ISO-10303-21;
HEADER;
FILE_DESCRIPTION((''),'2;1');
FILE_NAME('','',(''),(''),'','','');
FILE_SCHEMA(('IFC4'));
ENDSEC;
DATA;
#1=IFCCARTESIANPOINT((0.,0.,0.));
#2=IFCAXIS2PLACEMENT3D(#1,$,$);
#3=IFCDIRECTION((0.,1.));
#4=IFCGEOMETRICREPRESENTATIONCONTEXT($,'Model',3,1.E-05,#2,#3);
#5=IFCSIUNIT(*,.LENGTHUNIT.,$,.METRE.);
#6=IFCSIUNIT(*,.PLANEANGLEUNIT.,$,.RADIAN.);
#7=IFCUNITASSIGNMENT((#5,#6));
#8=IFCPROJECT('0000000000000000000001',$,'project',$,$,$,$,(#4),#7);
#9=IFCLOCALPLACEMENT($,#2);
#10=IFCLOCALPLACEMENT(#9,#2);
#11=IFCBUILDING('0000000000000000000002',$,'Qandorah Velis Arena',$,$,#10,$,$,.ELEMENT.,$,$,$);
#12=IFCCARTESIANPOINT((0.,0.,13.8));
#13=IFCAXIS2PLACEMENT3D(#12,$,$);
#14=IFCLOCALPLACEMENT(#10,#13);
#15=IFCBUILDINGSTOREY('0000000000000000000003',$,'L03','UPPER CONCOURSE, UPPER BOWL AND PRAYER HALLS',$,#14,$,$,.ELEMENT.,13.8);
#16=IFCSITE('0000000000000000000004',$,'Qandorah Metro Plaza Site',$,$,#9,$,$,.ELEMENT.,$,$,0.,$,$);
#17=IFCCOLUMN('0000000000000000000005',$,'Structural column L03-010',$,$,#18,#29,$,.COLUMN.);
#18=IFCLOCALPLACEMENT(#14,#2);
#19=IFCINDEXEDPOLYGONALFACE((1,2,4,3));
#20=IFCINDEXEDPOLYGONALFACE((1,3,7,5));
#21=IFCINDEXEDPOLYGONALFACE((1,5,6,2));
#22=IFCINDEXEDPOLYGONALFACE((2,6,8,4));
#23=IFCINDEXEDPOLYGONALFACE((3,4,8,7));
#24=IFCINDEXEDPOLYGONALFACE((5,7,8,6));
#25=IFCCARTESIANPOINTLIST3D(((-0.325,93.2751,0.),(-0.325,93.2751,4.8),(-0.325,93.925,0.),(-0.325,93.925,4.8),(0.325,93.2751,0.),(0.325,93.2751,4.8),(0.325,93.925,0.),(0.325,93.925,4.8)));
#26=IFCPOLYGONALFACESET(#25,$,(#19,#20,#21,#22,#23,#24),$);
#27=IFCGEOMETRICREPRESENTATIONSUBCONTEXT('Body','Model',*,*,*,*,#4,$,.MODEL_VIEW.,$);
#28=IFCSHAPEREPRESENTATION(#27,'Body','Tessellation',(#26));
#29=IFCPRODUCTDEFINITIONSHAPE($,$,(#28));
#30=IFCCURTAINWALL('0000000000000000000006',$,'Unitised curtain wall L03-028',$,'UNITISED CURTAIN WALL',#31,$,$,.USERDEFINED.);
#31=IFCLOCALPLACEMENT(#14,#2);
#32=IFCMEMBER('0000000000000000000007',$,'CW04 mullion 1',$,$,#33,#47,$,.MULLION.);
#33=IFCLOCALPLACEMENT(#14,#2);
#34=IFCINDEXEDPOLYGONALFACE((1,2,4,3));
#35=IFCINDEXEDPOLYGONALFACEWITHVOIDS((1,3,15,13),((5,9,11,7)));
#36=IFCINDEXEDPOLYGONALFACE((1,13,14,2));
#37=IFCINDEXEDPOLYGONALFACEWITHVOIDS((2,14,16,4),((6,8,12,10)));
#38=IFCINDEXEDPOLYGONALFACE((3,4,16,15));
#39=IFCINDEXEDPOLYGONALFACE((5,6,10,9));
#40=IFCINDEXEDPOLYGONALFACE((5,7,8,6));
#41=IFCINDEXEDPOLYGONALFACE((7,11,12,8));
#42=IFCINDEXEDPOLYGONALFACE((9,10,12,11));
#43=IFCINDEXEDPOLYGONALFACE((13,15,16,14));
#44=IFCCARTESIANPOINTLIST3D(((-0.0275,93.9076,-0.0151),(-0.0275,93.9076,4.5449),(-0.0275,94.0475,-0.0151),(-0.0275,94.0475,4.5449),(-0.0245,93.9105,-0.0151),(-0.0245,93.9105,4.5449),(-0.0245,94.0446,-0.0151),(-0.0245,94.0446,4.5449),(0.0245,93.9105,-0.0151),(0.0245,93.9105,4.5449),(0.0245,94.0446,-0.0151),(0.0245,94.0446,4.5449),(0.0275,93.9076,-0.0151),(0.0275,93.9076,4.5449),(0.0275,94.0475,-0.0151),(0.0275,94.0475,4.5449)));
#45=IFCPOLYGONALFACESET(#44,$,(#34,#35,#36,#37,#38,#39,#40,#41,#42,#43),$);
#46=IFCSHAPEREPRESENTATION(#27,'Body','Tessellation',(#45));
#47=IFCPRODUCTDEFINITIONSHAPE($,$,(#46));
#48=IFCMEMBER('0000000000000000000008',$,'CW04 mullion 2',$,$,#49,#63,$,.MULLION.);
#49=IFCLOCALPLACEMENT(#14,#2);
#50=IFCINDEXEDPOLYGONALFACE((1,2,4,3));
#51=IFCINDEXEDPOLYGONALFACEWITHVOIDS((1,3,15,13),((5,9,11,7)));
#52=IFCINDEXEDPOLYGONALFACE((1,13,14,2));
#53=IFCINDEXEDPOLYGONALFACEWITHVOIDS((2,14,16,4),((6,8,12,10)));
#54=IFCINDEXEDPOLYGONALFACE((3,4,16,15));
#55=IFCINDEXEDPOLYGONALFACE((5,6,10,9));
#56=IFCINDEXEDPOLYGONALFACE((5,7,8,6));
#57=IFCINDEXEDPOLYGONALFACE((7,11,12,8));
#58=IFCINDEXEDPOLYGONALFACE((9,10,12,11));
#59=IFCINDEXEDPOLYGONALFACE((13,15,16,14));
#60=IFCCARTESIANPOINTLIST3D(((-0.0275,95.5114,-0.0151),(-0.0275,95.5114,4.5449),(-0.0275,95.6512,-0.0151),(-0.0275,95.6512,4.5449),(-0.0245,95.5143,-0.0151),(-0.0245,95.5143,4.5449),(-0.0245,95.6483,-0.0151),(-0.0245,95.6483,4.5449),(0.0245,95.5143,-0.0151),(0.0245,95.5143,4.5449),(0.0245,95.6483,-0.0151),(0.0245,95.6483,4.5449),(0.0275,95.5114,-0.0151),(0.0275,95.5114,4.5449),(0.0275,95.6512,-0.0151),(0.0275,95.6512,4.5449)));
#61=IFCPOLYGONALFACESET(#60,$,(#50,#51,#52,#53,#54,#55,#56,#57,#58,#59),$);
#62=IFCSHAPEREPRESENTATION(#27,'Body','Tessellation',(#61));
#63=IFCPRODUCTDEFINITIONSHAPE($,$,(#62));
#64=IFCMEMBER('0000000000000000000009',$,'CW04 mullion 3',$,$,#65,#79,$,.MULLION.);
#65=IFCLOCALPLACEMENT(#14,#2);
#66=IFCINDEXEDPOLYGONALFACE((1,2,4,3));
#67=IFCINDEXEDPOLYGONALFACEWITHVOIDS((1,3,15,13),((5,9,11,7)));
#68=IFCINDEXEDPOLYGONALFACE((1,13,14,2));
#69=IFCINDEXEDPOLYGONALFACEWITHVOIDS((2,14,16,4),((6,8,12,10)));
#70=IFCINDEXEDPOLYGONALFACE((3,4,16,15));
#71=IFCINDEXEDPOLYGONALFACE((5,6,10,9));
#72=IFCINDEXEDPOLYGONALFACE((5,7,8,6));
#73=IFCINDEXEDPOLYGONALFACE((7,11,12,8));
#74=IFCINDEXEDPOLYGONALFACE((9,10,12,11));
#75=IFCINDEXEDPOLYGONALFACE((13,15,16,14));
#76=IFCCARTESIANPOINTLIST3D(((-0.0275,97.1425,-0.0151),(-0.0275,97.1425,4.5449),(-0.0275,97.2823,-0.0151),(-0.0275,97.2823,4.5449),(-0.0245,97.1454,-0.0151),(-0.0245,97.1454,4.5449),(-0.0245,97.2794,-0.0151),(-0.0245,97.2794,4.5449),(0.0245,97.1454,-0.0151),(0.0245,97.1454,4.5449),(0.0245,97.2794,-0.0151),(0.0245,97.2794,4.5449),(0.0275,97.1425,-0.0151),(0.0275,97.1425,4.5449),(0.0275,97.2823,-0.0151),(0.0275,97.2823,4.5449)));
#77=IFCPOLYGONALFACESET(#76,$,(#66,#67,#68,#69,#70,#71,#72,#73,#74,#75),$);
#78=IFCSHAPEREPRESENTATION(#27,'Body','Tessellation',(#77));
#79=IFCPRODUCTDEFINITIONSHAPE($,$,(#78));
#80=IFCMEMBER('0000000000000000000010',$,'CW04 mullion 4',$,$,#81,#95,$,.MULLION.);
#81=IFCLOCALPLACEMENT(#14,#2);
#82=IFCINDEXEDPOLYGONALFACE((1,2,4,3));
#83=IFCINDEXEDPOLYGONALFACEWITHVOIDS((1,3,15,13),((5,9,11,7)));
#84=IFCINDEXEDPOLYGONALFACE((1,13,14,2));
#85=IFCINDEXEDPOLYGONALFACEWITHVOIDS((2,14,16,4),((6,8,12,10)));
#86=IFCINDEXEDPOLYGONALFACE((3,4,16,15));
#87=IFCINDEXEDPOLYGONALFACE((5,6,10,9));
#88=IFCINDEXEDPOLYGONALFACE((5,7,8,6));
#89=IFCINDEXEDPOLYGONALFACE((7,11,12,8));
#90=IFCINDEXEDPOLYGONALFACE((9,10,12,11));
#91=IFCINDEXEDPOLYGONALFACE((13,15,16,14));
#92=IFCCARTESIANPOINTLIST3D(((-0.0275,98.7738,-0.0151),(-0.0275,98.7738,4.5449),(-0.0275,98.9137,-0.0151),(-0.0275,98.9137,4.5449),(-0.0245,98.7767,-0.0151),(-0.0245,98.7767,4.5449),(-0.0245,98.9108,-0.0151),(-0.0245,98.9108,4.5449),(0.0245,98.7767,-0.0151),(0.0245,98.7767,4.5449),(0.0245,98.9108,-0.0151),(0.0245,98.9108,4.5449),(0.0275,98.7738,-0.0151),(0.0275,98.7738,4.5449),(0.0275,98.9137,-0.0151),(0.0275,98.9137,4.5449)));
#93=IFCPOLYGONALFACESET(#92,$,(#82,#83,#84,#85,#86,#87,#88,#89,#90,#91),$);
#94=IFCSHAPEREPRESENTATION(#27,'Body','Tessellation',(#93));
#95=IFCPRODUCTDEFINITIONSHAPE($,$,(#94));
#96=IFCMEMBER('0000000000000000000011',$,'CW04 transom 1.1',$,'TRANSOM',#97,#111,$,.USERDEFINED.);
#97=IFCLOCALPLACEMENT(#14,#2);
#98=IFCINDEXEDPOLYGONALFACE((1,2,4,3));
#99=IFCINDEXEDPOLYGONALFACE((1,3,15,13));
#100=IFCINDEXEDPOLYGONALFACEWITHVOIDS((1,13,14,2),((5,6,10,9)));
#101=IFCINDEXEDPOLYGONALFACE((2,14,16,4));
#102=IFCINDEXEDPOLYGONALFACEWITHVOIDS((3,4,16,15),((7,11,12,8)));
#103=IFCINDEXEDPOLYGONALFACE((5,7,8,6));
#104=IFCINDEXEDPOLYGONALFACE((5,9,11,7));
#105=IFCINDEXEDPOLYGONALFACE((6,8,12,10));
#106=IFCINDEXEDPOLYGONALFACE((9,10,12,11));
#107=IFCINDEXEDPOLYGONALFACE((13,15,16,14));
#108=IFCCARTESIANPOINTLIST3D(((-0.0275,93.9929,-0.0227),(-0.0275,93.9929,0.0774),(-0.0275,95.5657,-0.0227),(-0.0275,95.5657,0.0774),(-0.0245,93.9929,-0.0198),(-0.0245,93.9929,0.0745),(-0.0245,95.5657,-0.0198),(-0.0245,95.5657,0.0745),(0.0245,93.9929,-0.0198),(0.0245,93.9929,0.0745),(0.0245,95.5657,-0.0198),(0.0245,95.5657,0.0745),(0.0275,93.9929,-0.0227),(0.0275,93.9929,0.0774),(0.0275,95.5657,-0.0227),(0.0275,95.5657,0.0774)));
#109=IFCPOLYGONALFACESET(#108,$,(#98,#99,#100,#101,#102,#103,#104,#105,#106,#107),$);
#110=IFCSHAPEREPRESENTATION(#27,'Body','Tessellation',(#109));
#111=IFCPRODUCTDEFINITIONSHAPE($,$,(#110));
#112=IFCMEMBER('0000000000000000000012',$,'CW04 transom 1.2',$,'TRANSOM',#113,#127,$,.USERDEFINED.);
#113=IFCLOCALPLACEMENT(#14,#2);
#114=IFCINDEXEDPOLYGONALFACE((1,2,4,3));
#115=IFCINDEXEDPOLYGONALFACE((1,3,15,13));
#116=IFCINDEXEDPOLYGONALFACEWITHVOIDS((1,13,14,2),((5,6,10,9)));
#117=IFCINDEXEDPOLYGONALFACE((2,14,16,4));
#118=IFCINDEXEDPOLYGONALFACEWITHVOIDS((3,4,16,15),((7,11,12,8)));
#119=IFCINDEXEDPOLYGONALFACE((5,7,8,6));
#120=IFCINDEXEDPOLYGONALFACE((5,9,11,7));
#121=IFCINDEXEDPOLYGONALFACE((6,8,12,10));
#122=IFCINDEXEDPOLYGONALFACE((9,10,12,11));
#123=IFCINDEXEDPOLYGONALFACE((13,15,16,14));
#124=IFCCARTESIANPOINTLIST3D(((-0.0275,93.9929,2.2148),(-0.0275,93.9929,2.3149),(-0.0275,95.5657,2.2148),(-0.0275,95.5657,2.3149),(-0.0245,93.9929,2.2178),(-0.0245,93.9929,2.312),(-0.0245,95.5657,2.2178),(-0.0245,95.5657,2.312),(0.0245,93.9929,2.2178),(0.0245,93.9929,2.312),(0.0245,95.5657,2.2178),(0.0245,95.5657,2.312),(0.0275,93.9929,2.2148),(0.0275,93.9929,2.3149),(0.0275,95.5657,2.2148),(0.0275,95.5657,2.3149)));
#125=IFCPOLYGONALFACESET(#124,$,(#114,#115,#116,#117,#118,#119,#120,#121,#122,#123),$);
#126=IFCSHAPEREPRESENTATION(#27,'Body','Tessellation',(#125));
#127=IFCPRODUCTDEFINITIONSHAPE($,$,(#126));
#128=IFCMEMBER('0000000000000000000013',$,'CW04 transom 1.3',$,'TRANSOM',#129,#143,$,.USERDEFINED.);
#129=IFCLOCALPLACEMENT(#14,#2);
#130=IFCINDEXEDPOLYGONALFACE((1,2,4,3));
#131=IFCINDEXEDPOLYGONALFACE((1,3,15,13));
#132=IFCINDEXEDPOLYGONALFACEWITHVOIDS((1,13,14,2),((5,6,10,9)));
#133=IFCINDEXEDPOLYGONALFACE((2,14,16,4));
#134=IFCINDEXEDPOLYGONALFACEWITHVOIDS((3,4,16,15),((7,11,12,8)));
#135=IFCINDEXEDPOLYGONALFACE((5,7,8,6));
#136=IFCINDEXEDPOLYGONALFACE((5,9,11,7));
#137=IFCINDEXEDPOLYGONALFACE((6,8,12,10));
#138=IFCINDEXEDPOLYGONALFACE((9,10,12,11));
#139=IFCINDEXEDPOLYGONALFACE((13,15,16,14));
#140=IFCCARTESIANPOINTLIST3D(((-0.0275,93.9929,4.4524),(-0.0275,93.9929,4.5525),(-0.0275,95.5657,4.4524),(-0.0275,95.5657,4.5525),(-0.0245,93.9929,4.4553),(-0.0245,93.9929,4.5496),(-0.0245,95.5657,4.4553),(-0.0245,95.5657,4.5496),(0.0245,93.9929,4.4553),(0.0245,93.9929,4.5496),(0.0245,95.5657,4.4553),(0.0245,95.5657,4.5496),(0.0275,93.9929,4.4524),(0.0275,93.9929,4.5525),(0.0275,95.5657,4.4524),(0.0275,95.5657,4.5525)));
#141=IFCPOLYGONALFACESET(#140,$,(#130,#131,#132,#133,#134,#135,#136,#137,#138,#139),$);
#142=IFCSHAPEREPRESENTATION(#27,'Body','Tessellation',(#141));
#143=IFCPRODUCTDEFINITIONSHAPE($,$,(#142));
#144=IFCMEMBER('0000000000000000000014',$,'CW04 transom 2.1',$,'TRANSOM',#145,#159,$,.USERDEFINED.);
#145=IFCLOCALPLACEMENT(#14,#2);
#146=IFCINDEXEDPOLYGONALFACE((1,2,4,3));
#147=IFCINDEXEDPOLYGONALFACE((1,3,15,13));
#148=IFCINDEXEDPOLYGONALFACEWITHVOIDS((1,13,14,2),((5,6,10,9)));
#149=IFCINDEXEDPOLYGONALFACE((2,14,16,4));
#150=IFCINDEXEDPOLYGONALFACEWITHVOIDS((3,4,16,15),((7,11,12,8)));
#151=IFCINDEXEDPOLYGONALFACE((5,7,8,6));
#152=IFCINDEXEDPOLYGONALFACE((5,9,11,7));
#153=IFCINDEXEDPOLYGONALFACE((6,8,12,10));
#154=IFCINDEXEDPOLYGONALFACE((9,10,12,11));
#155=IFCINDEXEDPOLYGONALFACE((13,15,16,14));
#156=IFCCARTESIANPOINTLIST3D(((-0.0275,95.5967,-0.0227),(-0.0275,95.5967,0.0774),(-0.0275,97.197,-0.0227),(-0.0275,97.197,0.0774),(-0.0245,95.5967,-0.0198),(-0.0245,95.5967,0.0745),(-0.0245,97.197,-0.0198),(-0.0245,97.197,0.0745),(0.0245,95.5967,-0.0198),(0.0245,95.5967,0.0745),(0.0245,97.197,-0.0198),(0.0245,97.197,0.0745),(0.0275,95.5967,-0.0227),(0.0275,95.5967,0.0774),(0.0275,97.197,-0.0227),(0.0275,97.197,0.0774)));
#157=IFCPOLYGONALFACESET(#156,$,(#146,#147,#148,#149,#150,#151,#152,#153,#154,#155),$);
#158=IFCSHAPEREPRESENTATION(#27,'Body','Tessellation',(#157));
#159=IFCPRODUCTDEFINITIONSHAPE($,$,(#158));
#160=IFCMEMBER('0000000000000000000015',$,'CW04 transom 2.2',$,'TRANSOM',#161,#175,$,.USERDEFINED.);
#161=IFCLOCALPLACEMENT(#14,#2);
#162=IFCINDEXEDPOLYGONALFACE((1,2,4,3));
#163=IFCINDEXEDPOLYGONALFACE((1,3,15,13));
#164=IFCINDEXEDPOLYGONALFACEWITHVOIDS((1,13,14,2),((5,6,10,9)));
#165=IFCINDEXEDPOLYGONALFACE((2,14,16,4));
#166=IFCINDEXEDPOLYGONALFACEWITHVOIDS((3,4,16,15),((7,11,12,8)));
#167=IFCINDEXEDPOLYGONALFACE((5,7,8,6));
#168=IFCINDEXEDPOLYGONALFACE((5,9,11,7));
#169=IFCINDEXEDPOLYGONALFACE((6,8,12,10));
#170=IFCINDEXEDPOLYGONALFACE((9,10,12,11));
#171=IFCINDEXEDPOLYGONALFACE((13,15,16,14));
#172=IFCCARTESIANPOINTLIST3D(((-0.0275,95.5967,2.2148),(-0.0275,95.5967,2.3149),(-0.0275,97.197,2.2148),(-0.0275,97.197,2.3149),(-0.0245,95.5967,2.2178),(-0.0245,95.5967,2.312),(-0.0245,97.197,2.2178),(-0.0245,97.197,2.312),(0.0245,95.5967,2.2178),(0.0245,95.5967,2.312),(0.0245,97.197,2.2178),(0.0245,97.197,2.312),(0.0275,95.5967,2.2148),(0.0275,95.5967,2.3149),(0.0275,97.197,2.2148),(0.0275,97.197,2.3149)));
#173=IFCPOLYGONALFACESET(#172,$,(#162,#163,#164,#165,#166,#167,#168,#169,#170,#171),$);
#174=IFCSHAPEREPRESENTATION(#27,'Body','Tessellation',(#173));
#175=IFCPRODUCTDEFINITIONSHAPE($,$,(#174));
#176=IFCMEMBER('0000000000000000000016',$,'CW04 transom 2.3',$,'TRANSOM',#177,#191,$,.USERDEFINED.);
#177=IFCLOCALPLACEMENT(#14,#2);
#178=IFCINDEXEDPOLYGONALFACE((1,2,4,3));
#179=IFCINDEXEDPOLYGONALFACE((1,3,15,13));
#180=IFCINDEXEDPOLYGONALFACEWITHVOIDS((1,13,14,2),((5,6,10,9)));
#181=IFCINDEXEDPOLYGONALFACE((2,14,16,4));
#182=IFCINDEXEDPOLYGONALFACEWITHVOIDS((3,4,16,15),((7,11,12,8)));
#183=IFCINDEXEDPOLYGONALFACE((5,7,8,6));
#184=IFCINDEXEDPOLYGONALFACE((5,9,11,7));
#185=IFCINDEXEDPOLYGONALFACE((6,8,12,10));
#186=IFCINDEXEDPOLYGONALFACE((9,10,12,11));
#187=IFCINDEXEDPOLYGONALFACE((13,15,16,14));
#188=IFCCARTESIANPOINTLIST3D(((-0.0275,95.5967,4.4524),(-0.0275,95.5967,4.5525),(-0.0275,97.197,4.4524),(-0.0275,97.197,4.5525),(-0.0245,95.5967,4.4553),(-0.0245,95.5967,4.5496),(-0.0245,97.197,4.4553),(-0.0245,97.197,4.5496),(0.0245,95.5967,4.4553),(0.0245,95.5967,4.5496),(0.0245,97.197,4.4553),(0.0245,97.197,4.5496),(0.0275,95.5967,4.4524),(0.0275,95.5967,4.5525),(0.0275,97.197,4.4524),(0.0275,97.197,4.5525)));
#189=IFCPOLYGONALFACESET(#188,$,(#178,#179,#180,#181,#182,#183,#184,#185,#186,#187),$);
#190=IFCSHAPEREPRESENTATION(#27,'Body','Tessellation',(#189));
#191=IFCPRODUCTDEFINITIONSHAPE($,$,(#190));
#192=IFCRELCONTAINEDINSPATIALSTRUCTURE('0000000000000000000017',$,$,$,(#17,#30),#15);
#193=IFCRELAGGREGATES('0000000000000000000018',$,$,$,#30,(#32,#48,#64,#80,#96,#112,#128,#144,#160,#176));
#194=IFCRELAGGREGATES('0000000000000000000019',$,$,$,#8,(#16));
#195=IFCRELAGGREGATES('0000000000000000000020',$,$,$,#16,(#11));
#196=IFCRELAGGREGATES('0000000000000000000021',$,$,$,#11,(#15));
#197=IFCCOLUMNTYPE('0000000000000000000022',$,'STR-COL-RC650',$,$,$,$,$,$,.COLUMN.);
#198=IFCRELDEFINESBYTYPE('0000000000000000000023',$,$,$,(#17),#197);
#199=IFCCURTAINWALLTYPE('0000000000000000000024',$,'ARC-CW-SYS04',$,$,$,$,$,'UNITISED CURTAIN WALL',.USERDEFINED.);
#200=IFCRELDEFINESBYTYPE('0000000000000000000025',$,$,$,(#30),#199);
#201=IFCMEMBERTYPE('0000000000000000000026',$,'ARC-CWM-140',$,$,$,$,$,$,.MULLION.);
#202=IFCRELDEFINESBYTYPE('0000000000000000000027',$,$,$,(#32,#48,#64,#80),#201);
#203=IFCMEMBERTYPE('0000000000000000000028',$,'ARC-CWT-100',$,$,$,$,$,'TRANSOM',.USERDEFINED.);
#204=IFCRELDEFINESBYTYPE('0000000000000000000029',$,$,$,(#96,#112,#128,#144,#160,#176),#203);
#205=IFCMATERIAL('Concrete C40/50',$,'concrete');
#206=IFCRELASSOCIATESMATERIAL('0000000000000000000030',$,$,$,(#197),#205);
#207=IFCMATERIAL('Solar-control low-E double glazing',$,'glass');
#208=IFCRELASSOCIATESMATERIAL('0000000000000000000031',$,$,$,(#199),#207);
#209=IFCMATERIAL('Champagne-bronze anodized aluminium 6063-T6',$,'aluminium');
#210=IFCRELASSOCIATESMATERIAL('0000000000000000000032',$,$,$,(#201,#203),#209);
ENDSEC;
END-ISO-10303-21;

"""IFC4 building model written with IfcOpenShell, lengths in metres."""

from ifc_helpers import new_model, si_unit, direction, frame, origin, origin_2d, place, context, subcontext, project, spatial, rectangle, hollow_rectangle, extrude, material, material_profile, profile_set, type_object, element, aggregate, save


model = new_model("IFC4")

# Units and contexts
model_context = context("Model", 3, precision=1e-05, world=origin(), true_north=direction((0.0, 1.0)))
body_context = subcontext(model_context, "Body", "Model", "MODEL_VIEW")
ifc_project = project(units=[si_unit("LENGTHUNIT", "METRE"), si_unit("PLANEANGLEUNIT", "RADIAN")], contexts=[model_context])

# Site, building, storey
site_placement = place(None, origin())
site = spatial("IfcSite", under=ifc_project, at=site_placement, Name="Qandorah Metro Plaza Site", CompositionType="ELEMENT", RefElevation=0.0)
building_placement = place(site_placement, origin())
building = spatial("IfcBuilding", under=site, at=building_placement, Name="Qandorah Velis Arena", CompositionType="ELEMENT")
storey_placement = place(building_placement, frame((0.0, 0.0, 13.8)))
storey = spatial("IfcBuildingStorey", under=building, at=storey_placement, Name="L03", Description="UPPER CONCOURSE, UPPER BOWL AND PRAYER HALLS", CompositionType="ELEMENT", Elevation=13.8)

# Column
ifc_material_1 = material(Name="Concrete C40/50", Category="concrete")
ifc_material_profile_1 = material_profile(ifc_material_1, rectangle(XDim=0.6499, YDim=0.6499, at=origin_2d()), Name="RC COL 650x650")
ifc_profile_set_1 = profile_set([ifc_material_profile_1], Name="Concrete C40/50")
column_type = type_object("IfcColumnType", Name="STR-COL-RC650", PredefinedType="COLUMN", material=ifc_profile_set_1)
column_placement = place(storey_placement, frame((0.0, 93.6001, 0.0), z_axis=(0.0, 0.0, 1.0), x_axis=(1.0, 0.0, 0.0)))
element("IfcColumn", 1, at=column_placement, inside=storey, type_object=column_type, Name="Structural column L03-010", PredefinedType="COLUMN", context=body_context, shape_type="SweptSolid", body=[
    extrude(rectangle(XDim=0.6499, YDim=0.6499, at=origin_2d()), origin(), (0.0, 0.0, 1.0), 4.8),
])

# Curtain wall, members
ifc_material_2 = material(Name="Solar-control low-E double glazing", Category="glass")
curtain_wall_type = type_object("IfcCurtainWallType", Name="ARC-CW-SYS04", ElementType="UNITISED CURTAIN WALL", PredefinedType="USERDEFINED", material=ifc_material_2)
curtain_wall_placement = place(storey_placement, origin())
curtain_wall = element("IfcCurtainWall", 2, at=curtain_wall_placement, inside=storey, type_object=curtain_wall_type, Name="Unitised curtain wall L03-028", ObjectType="UNITISED CURTAIN WALL", PredefinedType="USERDEFINED")
ifc_material_3 = material(Name="Champagne-bronze anodized aluminium 6063-T6", Category="aluminium")
ifc_material_profile_2 = material_profile(ifc_material_3, hollow_rectangle(XDim=0.0549, YDim=0.1399, WallThickness=0.0029, at=origin_2d()), Name="ALU MULLION 55x140")
ifc_profile_set_2 = profile_set([ifc_material_profile_2], Name="Champagne-bronze anodized aluminium 6063-T6")
member_type_1 = type_object("IfcMemberType", Name="ARC-CWM-140", PredefinedType="MULLION", material=ifc_profile_set_2)
member_1_placement = place(storey_placement, frame((0.0, 93.9775, -0.0151), z_axis=(0.0, 0.0, 1.0), x_axis=(-1.0, 0.0, 0.0)))
member_1 = element("IfcMember", 3, at=member_1_placement, type_object=member_type_1, Name="CW04 mullion 1", PredefinedType="MULLION", context=body_context, shape_type="SweptSolid", body=[
    extrude(hollow_rectangle(XDim=0.0549, YDim=0.1399, WallThickness=0.0029, at=origin_2d()), origin(), (0.0, 0.0, 1.0), 4.5601),
])
member_2_placement = place(storey_placement, frame((0.0, 95.5813, -0.0151), z_axis=(0.0, 0.0, 1.0), x_axis=(-1.0, 0.0, 0.0)))
member_2 = element("IfcMember", 4, at=member_2_placement, type_object=member_type_1, Name="CW04 mullion 2", PredefinedType="MULLION", context=body_context, shape_type="SweptSolid", body=[
    extrude(hollow_rectangle(XDim=0.0549, YDim=0.1399, WallThickness=0.0029, at=origin_2d()), origin(), (0.0, 0.0, 1.0), 4.5601),
])
member_3_placement = place(storey_placement, frame((0.0, 97.2124, -0.0151), z_axis=(0.0, 0.0, 1.0), x_axis=(-1.0, 0.0, 0.0)))
member_3 = element("IfcMember", 5, at=member_3_placement, type_object=member_type_1, Name="CW04 mullion 3", PredefinedType="MULLION", context=body_context, shape_type="SweptSolid", body=[
    extrude(hollow_rectangle(XDim=0.0549, YDim=0.1399, WallThickness=0.0029, at=origin_2d()), origin(), (0.0, 0.0, 1.0), 4.5601),
])
member_4_placement = place(storey_placement, frame((0.0, 98.8438, -0.0151), z_axis=(0.0, 0.0, 1.0), x_axis=(-1.0, 0.0, 0.0)))
member_4 = element("IfcMember", 6, at=member_4_placement, type_object=member_type_1, Name="CW04 mullion 4", PredefinedType="MULLION", context=body_context, shape_type="SweptSolid", body=[
    extrude(hollow_rectangle(XDim=0.0549, YDim=0.1399, WallThickness=0.0029, at=origin_2d()), origin(), (0.0, 0.0, 1.0), 4.5601),
])
ifc_material_profile_3 = material_profile(ifc_material_3, hollow_rectangle(XDim=0.0549, YDim=0.1001, WallThickness=0.0029, at=origin_2d()), Name="ALU TRANSOM 55x100")
ifc_profile_set_3 = profile_set([ifc_material_profile_3], Name="Champagne-bronze anodized aluminium 6063-T6")
member_type_2 = type_object("IfcMemberType", Name="ARC-CWT-100", ElementType="TRANSOM", PredefinedType="USERDEFINED", material=ifc_profile_set_3)
member_5_placement = place(storey_placement, frame((0.0, 93.9929, 0.0273), z_axis=(0.0, 1.0, 0.0), x_axis=(-1.0, 0.0, 0.0)))
member_5 = element("IfcMember", 7, at=member_5_placement, type_object=member_type_2, Name="CW04 transom 1.1", ObjectType="TRANSOM", PredefinedType="USERDEFINED", context=body_context, shape_type="SweptSolid", body=[
    extrude(hollow_rectangle(XDim=0.0549, YDim=0.1001, WallThickness=0.0029, at=origin_2d()), origin(), (0.0, 0.0, 1.0), 1.5728),
])
member_6_placement = place(storey_placement, frame((0.0, 93.9929, 2.2649), z_axis=(0.0, 1.0, 0.0), x_axis=(-1.0, 0.0, 0.0)))
member_6 = element("IfcMember", 8, at=member_6_placement, type_object=member_type_2, Name="CW04 transom 1.2", ObjectType="TRANSOM", PredefinedType="USERDEFINED", context=body_context, shape_type="SweptSolid", body=[
    extrude(hollow_rectangle(XDim=0.0549, YDim=0.1001, WallThickness=0.0029, at=origin_2d()), origin(), (0.0, 0.0, 1.0), 1.5728),
])
member_7_placement = place(storey_placement, frame((0.0, 93.9929, 4.5024), z_axis=(0.0, 1.0, 0.0), x_axis=(-1.0, 0.0, 0.0)))
member_7 = element("IfcMember", 9, at=member_7_placement, type_object=member_type_2, Name="CW04 transom 1.3", ObjectType="TRANSOM", PredefinedType="USERDEFINED", context=body_context, shape_type="SweptSolid", body=[
    extrude(hollow_rectangle(XDim=0.0549, YDim=0.1001, WallThickness=0.0029, at=origin_2d()), origin(), (0.0, 0.0, 1.0), 1.5728),
])
member_8_placement = place(storey_placement, frame((0.0, 95.5967, 0.0273), z_axis=(0.0, 1.0, 0.0), x_axis=(-1.0, 0.0, 0.0)))
member_8 = element("IfcMember", 10, at=member_8_placement, type_object=member_type_2, Name="CW04 transom 2.1", ObjectType="TRANSOM", PredefinedType="USERDEFINED", context=body_context, shape_type="SweptSolid", body=[
    extrude(hollow_rectangle(XDim=0.0549, YDim=0.1001, WallThickness=0.0029, at=origin_2d()), origin(), (0.0, 0.0, 1.0), 1.6003),
])
member_9_placement = place(storey_placement, frame((0.0, 95.5967, 2.2649), z_axis=(0.0, 1.0, 0.0), x_axis=(-1.0, 0.0, 0.0)))
member_9 = element("IfcMember", 11, at=member_9_placement, type_object=member_type_2, Name="CW04 transom 2.2", ObjectType="TRANSOM", PredefinedType="USERDEFINED", context=body_context, shape_type="SweptSolid", body=[
    extrude(hollow_rectangle(XDim=0.0549, YDim=0.1001, WallThickness=0.0029, at=origin_2d()), origin(), (0.0, 0.0, 1.0), 1.6003),
])
member_10_placement = place(storey_placement, frame((0.0, 95.5967, 4.5024), z_axis=(0.0, 1.0, 0.0), x_axis=(-1.0, 0.0, 0.0)))
member_10 = element("IfcMember", 12, at=member_10_placement, type_object=member_type_2, Name="CW04 transom 2.3", ObjectType="TRANSOM", PredefinedType="USERDEFINED", context=body_context, shape_type="SweptSolid", body=[
    extrude(hollow_rectangle(XDim=0.0549, YDim=0.1001, WallThickness=0.0029, at=origin_2d()), origin(), (0.0, 0.0, 1.0), 1.6003),
])

aggregate(curtain_wall, [member_1, member_2, member_3, member_4, member_5, member_6, member_7, member_8, member_9, member_10])

save(model, "model.ifc")
